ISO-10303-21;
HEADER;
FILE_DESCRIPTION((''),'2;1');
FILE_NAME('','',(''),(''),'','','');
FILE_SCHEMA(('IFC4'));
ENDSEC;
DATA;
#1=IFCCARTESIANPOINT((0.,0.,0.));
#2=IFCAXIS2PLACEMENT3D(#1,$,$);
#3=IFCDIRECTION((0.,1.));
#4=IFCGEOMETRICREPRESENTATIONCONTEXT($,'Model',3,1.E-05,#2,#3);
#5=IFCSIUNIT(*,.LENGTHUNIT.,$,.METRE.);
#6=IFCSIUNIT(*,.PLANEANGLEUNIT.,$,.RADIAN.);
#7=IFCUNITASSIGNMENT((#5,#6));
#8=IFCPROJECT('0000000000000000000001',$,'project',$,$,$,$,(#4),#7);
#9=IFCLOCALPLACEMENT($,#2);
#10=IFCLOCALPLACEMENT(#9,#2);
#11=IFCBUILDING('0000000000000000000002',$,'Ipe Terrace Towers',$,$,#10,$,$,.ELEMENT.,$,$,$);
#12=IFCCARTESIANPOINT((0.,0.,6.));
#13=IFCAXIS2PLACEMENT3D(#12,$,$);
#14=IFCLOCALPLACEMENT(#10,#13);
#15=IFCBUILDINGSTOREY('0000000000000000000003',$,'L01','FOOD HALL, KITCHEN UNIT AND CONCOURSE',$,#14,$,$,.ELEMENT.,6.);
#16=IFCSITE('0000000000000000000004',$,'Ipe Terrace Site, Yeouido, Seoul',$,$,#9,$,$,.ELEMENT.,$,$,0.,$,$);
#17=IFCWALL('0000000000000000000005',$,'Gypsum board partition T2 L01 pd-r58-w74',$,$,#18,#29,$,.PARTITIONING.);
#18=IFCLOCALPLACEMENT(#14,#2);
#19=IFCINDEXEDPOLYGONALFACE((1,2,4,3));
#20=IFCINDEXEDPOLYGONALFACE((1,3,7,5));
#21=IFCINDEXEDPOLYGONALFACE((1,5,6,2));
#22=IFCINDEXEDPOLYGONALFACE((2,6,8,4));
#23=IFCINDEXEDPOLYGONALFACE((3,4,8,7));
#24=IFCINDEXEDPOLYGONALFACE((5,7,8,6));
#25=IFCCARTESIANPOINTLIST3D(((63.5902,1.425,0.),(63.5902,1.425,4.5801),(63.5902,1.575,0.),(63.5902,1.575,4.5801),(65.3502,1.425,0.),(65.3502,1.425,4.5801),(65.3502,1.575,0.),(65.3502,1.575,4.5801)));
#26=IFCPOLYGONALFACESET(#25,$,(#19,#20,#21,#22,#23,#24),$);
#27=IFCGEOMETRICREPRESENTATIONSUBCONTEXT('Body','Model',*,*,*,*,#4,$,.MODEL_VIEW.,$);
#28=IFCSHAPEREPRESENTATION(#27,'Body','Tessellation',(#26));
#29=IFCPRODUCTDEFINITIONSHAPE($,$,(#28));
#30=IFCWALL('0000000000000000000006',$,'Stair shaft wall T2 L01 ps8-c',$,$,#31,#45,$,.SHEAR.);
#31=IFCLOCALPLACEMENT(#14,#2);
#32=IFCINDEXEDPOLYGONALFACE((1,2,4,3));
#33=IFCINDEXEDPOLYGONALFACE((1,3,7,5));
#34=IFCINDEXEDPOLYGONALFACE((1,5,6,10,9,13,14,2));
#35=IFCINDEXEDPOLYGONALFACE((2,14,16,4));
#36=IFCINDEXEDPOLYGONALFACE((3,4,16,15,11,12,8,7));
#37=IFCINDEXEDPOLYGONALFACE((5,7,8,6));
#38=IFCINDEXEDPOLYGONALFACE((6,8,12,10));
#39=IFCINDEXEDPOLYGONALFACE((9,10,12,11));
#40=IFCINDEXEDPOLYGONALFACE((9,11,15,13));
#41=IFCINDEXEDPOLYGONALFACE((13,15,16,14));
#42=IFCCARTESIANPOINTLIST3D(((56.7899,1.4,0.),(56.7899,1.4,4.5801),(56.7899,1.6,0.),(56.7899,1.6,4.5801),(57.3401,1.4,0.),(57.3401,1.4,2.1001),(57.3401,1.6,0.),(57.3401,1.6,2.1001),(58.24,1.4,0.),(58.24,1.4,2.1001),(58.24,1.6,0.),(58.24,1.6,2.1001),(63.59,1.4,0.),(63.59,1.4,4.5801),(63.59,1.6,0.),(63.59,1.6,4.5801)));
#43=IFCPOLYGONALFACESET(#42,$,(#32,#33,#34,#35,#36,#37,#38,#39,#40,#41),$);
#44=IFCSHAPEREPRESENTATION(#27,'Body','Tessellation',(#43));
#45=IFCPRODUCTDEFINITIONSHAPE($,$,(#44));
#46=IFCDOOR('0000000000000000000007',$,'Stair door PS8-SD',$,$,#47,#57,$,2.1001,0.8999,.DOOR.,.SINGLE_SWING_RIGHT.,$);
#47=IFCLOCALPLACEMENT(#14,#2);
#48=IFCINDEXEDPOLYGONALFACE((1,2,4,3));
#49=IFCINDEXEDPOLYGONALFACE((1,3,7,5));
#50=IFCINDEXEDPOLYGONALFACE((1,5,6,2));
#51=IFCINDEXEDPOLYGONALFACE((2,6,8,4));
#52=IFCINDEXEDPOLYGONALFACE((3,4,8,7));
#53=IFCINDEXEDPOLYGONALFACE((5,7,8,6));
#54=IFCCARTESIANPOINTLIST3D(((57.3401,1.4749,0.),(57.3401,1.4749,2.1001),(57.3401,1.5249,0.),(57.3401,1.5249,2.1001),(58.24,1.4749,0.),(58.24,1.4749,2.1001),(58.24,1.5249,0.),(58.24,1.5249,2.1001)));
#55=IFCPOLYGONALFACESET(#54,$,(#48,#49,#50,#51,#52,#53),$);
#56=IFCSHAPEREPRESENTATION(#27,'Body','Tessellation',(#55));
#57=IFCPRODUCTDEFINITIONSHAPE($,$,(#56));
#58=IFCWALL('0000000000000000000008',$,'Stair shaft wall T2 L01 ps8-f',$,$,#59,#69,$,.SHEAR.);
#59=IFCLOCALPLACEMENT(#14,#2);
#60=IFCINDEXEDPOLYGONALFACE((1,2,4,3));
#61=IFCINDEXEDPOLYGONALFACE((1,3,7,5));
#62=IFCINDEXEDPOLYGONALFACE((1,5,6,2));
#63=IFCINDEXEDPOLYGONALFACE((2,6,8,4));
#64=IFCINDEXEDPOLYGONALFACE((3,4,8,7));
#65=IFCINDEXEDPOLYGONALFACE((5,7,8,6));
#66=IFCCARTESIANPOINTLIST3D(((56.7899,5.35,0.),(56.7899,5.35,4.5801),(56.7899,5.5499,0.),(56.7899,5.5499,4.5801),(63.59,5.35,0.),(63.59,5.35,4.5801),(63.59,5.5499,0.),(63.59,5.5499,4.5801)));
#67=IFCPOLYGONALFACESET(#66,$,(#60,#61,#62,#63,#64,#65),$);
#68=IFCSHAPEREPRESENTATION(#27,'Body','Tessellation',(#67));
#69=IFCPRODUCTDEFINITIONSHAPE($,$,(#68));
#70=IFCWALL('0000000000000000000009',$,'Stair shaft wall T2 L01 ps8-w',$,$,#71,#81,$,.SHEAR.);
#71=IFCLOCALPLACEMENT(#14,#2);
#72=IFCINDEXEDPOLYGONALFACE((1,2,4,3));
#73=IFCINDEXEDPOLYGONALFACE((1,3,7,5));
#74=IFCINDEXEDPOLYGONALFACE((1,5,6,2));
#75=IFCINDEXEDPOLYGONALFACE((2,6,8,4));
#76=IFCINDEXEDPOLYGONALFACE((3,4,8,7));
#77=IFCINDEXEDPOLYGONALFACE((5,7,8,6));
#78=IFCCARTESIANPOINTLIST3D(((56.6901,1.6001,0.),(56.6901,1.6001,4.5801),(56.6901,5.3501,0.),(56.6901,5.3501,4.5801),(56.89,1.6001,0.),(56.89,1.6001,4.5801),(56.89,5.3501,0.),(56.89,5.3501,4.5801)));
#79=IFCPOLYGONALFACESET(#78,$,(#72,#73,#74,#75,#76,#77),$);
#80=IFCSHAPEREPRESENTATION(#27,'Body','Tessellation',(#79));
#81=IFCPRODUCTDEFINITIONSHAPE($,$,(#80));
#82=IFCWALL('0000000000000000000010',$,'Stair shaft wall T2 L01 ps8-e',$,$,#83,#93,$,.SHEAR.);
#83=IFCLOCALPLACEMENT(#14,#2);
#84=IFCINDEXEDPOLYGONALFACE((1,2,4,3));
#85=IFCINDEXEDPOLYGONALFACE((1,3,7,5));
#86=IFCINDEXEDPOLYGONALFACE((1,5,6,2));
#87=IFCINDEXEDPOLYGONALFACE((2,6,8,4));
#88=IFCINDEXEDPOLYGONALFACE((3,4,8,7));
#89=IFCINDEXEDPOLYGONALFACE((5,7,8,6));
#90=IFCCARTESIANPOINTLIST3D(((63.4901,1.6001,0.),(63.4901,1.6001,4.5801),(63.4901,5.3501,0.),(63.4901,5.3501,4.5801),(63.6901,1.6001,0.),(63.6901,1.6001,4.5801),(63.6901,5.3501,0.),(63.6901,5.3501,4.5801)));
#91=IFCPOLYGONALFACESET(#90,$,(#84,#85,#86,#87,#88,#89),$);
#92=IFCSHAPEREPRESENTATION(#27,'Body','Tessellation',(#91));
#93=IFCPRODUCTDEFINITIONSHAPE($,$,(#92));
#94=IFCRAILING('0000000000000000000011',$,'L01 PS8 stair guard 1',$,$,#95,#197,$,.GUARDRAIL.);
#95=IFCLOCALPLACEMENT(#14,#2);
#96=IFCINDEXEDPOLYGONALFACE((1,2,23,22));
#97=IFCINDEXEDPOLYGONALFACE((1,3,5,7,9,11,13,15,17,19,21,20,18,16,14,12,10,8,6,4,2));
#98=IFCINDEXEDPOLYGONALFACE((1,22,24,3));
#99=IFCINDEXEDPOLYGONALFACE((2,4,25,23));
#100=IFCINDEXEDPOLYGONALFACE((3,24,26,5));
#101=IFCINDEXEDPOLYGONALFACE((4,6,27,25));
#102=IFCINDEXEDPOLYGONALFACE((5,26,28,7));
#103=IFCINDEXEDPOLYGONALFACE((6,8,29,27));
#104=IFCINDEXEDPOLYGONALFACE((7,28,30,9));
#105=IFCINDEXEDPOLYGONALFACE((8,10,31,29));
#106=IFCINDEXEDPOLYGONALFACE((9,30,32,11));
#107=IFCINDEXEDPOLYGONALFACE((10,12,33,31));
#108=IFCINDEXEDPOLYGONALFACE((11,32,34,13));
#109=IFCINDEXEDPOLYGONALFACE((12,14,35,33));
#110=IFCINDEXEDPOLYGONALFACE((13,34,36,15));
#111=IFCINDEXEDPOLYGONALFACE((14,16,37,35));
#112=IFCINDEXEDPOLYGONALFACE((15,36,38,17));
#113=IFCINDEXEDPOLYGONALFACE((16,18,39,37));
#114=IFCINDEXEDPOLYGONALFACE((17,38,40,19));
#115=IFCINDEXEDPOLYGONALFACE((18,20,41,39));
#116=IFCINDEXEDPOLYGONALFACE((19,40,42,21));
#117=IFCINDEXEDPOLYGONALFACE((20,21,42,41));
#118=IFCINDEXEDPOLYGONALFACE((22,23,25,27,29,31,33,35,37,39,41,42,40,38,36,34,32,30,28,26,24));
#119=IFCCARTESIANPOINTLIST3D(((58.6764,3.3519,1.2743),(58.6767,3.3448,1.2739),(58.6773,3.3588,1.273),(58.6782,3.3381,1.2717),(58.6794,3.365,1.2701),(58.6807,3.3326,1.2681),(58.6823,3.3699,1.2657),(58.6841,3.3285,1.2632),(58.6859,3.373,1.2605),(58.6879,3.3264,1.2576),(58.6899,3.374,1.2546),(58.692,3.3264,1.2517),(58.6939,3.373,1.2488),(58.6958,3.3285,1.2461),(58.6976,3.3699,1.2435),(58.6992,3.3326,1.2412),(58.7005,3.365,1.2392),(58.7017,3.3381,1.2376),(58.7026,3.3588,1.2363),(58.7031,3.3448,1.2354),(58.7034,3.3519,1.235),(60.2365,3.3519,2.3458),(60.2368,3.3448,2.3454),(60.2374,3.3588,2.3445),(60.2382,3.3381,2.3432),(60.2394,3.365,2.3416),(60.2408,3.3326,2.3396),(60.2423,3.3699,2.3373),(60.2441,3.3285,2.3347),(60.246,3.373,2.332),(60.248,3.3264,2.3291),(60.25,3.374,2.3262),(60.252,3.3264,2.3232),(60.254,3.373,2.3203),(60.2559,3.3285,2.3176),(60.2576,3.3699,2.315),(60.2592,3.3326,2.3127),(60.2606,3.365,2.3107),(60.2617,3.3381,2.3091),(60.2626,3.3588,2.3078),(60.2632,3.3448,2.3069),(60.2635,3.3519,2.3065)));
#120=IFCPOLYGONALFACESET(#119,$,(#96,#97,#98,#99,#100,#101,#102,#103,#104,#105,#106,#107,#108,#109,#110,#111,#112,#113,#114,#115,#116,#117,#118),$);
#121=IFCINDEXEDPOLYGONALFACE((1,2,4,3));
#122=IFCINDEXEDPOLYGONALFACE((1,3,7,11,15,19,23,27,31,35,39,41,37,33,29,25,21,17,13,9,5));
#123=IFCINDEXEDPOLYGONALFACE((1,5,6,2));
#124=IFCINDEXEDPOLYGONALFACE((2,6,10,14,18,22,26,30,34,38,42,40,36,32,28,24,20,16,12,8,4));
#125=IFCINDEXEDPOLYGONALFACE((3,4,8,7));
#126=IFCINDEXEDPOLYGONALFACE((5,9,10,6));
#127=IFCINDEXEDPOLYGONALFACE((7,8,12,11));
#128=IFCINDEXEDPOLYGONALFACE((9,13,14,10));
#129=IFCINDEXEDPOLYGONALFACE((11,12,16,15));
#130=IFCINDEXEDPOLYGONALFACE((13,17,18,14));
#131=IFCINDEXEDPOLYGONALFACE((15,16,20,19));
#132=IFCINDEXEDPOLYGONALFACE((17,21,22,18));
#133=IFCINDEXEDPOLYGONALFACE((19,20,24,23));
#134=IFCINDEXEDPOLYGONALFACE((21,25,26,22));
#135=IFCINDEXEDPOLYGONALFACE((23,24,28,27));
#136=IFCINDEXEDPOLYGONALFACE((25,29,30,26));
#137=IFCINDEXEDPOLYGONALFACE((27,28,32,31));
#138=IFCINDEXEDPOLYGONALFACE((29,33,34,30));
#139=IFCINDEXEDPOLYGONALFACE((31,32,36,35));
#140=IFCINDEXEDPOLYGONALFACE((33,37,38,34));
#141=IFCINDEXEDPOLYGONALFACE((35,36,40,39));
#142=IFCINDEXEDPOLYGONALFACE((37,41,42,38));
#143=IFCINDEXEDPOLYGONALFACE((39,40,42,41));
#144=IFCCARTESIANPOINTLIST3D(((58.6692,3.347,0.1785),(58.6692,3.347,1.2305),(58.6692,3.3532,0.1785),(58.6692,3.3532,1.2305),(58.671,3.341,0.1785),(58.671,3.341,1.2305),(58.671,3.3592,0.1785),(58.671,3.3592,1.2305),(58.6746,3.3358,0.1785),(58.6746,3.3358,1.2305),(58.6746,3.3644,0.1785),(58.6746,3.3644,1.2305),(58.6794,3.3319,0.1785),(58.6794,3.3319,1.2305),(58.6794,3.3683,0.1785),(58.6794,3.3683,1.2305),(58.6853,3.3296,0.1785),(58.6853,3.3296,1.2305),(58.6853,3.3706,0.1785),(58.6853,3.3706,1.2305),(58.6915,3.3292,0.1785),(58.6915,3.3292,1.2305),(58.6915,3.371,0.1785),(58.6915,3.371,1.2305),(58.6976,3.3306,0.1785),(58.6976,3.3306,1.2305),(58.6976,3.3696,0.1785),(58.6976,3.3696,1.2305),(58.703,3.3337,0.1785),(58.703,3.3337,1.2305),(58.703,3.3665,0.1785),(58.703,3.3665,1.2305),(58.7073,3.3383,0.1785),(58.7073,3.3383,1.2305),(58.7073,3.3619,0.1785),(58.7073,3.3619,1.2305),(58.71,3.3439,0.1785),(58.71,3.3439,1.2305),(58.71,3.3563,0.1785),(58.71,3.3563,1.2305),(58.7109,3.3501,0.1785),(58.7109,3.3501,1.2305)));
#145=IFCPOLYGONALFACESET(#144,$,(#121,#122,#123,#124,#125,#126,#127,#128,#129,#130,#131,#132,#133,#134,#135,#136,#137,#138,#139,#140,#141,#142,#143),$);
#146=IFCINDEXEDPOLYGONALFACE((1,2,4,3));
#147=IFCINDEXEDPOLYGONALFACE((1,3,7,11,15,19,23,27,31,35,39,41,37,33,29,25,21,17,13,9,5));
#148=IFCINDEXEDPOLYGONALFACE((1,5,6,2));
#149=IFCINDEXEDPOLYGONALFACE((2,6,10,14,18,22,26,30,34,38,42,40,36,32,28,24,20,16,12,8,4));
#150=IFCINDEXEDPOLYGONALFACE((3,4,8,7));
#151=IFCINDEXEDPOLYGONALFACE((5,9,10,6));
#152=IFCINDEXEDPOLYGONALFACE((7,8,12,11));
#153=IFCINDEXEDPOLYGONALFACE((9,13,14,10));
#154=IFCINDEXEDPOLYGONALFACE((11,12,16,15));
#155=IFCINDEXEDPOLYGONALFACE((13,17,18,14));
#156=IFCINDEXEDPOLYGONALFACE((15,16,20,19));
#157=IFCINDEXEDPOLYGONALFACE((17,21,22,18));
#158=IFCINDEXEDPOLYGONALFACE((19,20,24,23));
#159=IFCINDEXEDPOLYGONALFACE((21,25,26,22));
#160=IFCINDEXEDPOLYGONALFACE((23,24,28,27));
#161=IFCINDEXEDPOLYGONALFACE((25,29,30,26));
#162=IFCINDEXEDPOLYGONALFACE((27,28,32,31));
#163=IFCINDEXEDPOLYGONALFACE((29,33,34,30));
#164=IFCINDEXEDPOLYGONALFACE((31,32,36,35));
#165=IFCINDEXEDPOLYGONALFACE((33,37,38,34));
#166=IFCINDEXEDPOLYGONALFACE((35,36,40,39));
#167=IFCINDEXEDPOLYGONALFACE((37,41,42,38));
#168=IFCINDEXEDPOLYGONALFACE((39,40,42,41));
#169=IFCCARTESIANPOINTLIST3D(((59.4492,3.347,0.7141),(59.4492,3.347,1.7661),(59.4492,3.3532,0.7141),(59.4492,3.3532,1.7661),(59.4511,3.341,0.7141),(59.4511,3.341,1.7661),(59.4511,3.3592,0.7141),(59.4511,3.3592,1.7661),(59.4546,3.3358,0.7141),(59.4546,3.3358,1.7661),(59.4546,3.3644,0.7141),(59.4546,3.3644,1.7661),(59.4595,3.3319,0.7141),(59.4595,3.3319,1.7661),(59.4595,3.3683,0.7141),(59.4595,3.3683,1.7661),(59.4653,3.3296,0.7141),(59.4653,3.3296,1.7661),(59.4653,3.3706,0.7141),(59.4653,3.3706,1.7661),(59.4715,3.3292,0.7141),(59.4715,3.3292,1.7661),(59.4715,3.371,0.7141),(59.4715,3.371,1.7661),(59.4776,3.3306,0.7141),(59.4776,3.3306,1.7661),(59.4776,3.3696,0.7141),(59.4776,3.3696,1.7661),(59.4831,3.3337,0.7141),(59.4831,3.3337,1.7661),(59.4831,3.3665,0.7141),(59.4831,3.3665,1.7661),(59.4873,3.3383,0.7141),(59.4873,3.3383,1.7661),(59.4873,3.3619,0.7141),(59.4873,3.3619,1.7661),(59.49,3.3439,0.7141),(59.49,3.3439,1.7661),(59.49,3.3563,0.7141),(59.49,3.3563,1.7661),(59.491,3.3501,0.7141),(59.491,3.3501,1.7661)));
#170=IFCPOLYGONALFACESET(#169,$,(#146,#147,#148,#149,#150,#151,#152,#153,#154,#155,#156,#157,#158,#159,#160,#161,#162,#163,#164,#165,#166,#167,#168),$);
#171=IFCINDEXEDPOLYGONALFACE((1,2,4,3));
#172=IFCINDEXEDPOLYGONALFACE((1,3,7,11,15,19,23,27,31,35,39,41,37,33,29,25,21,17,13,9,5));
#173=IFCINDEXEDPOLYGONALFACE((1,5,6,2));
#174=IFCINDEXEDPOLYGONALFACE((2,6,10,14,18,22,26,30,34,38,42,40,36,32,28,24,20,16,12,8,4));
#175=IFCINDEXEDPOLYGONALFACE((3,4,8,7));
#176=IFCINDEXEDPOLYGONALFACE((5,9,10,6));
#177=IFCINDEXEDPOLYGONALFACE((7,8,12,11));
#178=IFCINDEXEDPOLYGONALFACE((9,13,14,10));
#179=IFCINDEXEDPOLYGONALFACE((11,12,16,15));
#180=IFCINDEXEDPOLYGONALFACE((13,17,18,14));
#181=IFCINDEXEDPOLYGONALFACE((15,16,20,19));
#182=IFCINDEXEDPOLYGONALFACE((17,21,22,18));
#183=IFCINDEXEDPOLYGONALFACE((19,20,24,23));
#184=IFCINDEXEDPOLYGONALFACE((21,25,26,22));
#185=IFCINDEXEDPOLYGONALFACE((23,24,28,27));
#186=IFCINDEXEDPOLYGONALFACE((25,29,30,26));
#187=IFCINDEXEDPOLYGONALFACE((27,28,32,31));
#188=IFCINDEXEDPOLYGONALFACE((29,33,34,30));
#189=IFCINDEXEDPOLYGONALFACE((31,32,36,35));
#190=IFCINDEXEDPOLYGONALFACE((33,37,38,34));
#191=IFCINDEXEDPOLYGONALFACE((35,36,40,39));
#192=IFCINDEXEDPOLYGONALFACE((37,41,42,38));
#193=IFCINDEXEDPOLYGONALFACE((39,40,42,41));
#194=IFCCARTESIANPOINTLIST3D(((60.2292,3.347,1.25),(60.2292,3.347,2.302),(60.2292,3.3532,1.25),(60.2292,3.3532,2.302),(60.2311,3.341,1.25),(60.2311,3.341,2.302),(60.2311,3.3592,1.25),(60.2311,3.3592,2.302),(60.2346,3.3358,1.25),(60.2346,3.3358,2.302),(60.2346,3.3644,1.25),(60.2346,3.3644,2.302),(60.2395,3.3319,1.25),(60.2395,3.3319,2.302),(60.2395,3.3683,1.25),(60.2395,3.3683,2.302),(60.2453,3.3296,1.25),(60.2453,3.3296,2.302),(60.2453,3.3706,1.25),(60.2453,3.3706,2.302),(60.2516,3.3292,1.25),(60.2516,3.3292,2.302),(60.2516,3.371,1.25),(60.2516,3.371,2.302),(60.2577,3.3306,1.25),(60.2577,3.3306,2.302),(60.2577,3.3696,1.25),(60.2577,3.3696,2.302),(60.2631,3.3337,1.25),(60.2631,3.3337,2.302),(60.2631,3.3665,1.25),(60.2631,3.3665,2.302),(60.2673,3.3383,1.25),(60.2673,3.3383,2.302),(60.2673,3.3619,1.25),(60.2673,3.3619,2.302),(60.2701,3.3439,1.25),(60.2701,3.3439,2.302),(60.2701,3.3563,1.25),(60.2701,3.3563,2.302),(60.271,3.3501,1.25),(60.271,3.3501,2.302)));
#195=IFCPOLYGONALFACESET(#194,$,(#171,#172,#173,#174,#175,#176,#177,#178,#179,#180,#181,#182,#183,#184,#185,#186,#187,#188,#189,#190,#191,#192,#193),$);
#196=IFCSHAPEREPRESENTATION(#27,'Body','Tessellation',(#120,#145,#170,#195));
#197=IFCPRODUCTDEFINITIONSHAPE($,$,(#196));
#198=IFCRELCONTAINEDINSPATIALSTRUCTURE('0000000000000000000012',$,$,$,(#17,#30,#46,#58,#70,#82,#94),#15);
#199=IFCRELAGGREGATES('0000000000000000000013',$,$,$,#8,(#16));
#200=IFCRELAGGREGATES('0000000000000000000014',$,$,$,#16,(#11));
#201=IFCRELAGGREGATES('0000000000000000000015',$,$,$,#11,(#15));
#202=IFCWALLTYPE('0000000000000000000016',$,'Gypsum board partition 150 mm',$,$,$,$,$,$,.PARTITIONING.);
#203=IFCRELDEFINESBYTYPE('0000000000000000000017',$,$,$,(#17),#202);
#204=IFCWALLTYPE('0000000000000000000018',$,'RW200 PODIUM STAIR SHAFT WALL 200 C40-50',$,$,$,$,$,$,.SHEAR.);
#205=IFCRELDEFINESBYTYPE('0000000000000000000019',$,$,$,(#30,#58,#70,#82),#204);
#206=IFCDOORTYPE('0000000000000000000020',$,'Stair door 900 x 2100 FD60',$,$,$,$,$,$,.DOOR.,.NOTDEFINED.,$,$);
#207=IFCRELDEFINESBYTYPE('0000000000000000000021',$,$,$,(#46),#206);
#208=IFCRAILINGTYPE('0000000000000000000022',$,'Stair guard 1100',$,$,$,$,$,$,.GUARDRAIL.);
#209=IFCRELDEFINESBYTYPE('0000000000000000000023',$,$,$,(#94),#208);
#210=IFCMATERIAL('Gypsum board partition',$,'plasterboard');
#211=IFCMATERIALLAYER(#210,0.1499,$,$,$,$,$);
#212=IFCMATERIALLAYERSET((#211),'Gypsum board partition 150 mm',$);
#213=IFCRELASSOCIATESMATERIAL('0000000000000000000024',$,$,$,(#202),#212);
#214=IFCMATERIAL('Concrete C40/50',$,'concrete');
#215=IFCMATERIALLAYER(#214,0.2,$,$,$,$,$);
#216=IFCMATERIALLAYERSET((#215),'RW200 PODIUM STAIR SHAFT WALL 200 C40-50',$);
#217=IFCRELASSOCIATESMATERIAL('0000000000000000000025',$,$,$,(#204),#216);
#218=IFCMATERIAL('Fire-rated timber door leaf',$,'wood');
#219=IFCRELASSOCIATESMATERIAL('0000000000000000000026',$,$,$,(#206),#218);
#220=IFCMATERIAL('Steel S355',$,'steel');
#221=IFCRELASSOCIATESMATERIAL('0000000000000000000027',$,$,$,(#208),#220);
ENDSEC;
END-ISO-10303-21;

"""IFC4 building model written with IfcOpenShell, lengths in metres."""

from ifc_helpers import new_model, si_unit, direction, frame, frame_2d, origin, origin_2d, place, context, subcontext, project, spatial, rectangle, circle, extrude, material, layer, layer_set, type_object, element, fill, save


model = new_model("IFC4")

# Units and contexts
model_context = context("Model", 3, precision=1e-05, world=origin(), true_north=direction((0.0, 1.0)))
body_context = subcontext(model_context, "Body", "Model", "MODEL_VIEW")
ifc_project = project(units=[si_unit("LENGTHUNIT", "METRE"), si_unit("PLANEANGLEUNIT", "RADIAN")], contexts=[model_context])

# Site, building, storey
site_placement = place(None, origin())
site = spatial("IfcSite", under=ifc_project, at=site_placement, Name="Ipe Terrace Site, Yeouido, Seoul", CompositionType="ELEMENT", RefElevation=0.0)
building_placement = place(site_placement, origin())
building = spatial("IfcBuilding", under=site, at=building_placement, Name="Ipe Terrace Towers", CompositionType="ELEMENT")
storey_placement = place(building_placement, frame((0.0, 0.0, 6.0)))
storey = spatial("IfcBuildingStorey", under=building, at=storey_placement, Name="L01", Description="FOOD HALL, KITCHEN UNIT AND CONCOURSE", CompositionType="ELEMENT", Elevation=6.0)

# Wall
ifc_material_1 = material(Name="Gypsum board partition", Category="plasterboard")
ifc_layer_1 = layer(ifc_material_1, 0.1499)
ifc_layer_set_1 = layer_set([ifc_layer_1], Name="Gypsum board partition 150 mm")
wall_type_1 = type_object("IfcWallType", Name="Gypsum board partition 150 mm", PredefinedType="PARTITIONING", material=ifc_layer_set_1)
wall_1_placement = place(storey_placement, frame((65.3501, 1.5, 0.0), z_axis=(0.0, 0.0, 1.0), x_axis=(-1.0, 0.0, 0.0)))
element("IfcWall", 1, at=wall_1_placement, inside=storey, type_object=wall_type_1, Name="Gypsum board partition T2 L01 pd-r58-w74", PredefinedType="PARTITIONING", context=body_context, shape_type="SweptSolid", body=[
    extrude(rectangle(XDim=1.76, YDim=0.1499, at=frame_2d((0.8799, 0.0))), origin(), (0.0, 0.0, 1.0), 4.5801),
])

# Wall, opening, door
ifc_material_2 = material(Name="Concrete C40/50", Category="concrete")
ifc_layer_2 = layer(ifc_material_2, 0.2)
ifc_layer_set_2 = layer_set([ifc_layer_2], Name="RW200 PODIUM STAIR SHAFT WALL 200 C40-50")
wall_type_2 = type_object("IfcWallType", Name="RW200 PODIUM STAIR SHAFT WALL 200 C40-50", PredefinedType="SHEAR", material=ifc_layer_set_2)
wall_2_placement = place(storey_placement, frame((56.79, 1.5, 0.0), z_axis=(0.0, 0.0, 1.0), x_axis=(1.0, 0.0, 0.0)))
wall_2 = element("IfcWall", 2, at=wall_2_placement, inside=storey, type_object=wall_type_2, Name="Stair shaft wall T2 L01 ps8-c", PredefinedType="SHEAR", context=body_context, shape_type="SweptSolid", body=[
    extrude(rectangle(XDim=6.8, YDim=0.2, at=frame_2d((3.3999, 0.0))), origin(), (0.0, 0.0, 1.0), 4.5801),
])
opening_placement = place(wall_2_placement, frame((0.55, 0.0, 0.0)))
opening = element("IfcOpeningElement", 3, at=opening_placement, cuts=wall_2, PredefinedType="OPENING", context=body_context, shape_type="SweptSolid", body=[
    extrude(rectangle(XDim=0.8999, YDim=2.1001, at=frame_2d((0.45, 1.05))), frame((0.0, 0.1099, 0.0), z_axis=(0.0, -1.0, 0.0), x_axis=(1.0, 0.0, 0.0)), (0.0, 0.0, 1.0), 0.22),
])
ifc_material_3 = material(Name="Fire-rated timber door leaf", Category="wood")
door_type = type_object("IfcDoorType", Name="Stair door 900 x 2100 FD60", OperationType="NOTDEFINED", PredefinedType="DOOR", material=ifc_material_3)
door_placement = place(opening_placement, origin())
door = element("IfcDoor", 4, at=door_placement, inside=storey, type_object=door_type, Name="Stair door PS8-SD", OperationType="SINGLE_SWING_RIGHT", OverallHeight=2.1001, OverallWidth=0.8999, PredefinedType="DOOR", context=body_context, shape_type="SweptSolid", body=[
    extrude(rectangle(XDim=0.8999, YDim=2.1001, at=frame_2d((0.45, 1.05))), frame((0.0, 0.0249, 0.0), z_axis=(0.0, -1.0, 0.0), x_axis=(1.0, 0.0, 0.0)), (0.0, 0.0, 1.0), 0.05),
])
fill(opening, door)

# Walls
wall_3_placement = place(storey_placement, frame((56.79, 5.45, 0.0), z_axis=(0.0, 0.0, 1.0), x_axis=(1.0, 0.0, 0.0)))
element("IfcWall", 5, at=wall_3_placement, inside=storey, type_object=wall_type_2, Name="Stair shaft wall T2 L01 ps8-f", PredefinedType="SHEAR", context=body_context, shape_type="SweptSolid", body=[
    extrude(rectangle(XDim=6.8, YDim=0.2, at=frame_2d((3.3999, 0.0))), origin(), (0.0, 0.0, 1.0), 4.5801),
])
for number, where, z_axis, x_axis, name in (
    (6, (56.79, 1.6001, 0.0), (0.0, 0.0, 1.0), (0.0, 1.0, 0.0), "Stair shaft wall T2 L01 ps8-w"),
    (7, (63.5901, 1.6001, 0.0), (0.0, 0.0, 1.0), (0.0, 1.0, 0.0), "Stair shaft wall T2 L01 ps8-e"),
):
    element("IfcWall", number, at=place(storey_placement, frame(where, z_axis=z_axis, x_axis=x_axis)), inside=storey, type_object=wall_type_2, Name=name, PredefinedType="SHEAR", context=body_context, shape_type="SweptSolid", body=[
        extrude(rectangle(XDim=3.75, YDim=0.2, at=frame_2d((1.875, 0.0))), origin(), (0.0, 0.0, 1.0), 4.5801),
    ])

# Railing
ifc_material_4 = material(Name="Steel S355", Category="steel")
railing_type_1 = type_object("IfcRailingType", Name="Stair guard 1100", PredefinedType="GUARDRAIL", material=ifc_material_4)
railing_1_placement = place(storey_placement, frame((58.6899, 3.3501, 0.1785)))
element("IfcRailing", 8, at=railing_1_placement, inside=storey, type_object=railing_type_1, Name="L01 PS8 stair guard 1", PredefinedType="GUARDRAIL", context=body_context, shape_type="SweptSolid", body=[
    extrude(circle(Radius=0.0239, at=origin_2d()), frame((0.0, 0.0, 1.0762), z_axis=(0.82429, 0.0, 0.566167), x_axis=(0.0, 1.0, 0.0)), (0.0, 0.0, 1.0), 1.8926),
    extrude(circle(Radius=0.021, at=origin_2d()), origin(), (0.0, 0.0, 1.0), 1.052),
    extrude(circle(Radius=0.021, at=origin_2d()), frame((0.78, 0.0, 0.5356)), (0.0, 0.0, 1.0), 1.052),
    extrude(circle(Radius=0.021, at=origin_2d()), frame((1.5601, 0.0, 1.0715)), (0.0, 0.0, 1.0), 1.052),
])

save(model, "model.ifc")
